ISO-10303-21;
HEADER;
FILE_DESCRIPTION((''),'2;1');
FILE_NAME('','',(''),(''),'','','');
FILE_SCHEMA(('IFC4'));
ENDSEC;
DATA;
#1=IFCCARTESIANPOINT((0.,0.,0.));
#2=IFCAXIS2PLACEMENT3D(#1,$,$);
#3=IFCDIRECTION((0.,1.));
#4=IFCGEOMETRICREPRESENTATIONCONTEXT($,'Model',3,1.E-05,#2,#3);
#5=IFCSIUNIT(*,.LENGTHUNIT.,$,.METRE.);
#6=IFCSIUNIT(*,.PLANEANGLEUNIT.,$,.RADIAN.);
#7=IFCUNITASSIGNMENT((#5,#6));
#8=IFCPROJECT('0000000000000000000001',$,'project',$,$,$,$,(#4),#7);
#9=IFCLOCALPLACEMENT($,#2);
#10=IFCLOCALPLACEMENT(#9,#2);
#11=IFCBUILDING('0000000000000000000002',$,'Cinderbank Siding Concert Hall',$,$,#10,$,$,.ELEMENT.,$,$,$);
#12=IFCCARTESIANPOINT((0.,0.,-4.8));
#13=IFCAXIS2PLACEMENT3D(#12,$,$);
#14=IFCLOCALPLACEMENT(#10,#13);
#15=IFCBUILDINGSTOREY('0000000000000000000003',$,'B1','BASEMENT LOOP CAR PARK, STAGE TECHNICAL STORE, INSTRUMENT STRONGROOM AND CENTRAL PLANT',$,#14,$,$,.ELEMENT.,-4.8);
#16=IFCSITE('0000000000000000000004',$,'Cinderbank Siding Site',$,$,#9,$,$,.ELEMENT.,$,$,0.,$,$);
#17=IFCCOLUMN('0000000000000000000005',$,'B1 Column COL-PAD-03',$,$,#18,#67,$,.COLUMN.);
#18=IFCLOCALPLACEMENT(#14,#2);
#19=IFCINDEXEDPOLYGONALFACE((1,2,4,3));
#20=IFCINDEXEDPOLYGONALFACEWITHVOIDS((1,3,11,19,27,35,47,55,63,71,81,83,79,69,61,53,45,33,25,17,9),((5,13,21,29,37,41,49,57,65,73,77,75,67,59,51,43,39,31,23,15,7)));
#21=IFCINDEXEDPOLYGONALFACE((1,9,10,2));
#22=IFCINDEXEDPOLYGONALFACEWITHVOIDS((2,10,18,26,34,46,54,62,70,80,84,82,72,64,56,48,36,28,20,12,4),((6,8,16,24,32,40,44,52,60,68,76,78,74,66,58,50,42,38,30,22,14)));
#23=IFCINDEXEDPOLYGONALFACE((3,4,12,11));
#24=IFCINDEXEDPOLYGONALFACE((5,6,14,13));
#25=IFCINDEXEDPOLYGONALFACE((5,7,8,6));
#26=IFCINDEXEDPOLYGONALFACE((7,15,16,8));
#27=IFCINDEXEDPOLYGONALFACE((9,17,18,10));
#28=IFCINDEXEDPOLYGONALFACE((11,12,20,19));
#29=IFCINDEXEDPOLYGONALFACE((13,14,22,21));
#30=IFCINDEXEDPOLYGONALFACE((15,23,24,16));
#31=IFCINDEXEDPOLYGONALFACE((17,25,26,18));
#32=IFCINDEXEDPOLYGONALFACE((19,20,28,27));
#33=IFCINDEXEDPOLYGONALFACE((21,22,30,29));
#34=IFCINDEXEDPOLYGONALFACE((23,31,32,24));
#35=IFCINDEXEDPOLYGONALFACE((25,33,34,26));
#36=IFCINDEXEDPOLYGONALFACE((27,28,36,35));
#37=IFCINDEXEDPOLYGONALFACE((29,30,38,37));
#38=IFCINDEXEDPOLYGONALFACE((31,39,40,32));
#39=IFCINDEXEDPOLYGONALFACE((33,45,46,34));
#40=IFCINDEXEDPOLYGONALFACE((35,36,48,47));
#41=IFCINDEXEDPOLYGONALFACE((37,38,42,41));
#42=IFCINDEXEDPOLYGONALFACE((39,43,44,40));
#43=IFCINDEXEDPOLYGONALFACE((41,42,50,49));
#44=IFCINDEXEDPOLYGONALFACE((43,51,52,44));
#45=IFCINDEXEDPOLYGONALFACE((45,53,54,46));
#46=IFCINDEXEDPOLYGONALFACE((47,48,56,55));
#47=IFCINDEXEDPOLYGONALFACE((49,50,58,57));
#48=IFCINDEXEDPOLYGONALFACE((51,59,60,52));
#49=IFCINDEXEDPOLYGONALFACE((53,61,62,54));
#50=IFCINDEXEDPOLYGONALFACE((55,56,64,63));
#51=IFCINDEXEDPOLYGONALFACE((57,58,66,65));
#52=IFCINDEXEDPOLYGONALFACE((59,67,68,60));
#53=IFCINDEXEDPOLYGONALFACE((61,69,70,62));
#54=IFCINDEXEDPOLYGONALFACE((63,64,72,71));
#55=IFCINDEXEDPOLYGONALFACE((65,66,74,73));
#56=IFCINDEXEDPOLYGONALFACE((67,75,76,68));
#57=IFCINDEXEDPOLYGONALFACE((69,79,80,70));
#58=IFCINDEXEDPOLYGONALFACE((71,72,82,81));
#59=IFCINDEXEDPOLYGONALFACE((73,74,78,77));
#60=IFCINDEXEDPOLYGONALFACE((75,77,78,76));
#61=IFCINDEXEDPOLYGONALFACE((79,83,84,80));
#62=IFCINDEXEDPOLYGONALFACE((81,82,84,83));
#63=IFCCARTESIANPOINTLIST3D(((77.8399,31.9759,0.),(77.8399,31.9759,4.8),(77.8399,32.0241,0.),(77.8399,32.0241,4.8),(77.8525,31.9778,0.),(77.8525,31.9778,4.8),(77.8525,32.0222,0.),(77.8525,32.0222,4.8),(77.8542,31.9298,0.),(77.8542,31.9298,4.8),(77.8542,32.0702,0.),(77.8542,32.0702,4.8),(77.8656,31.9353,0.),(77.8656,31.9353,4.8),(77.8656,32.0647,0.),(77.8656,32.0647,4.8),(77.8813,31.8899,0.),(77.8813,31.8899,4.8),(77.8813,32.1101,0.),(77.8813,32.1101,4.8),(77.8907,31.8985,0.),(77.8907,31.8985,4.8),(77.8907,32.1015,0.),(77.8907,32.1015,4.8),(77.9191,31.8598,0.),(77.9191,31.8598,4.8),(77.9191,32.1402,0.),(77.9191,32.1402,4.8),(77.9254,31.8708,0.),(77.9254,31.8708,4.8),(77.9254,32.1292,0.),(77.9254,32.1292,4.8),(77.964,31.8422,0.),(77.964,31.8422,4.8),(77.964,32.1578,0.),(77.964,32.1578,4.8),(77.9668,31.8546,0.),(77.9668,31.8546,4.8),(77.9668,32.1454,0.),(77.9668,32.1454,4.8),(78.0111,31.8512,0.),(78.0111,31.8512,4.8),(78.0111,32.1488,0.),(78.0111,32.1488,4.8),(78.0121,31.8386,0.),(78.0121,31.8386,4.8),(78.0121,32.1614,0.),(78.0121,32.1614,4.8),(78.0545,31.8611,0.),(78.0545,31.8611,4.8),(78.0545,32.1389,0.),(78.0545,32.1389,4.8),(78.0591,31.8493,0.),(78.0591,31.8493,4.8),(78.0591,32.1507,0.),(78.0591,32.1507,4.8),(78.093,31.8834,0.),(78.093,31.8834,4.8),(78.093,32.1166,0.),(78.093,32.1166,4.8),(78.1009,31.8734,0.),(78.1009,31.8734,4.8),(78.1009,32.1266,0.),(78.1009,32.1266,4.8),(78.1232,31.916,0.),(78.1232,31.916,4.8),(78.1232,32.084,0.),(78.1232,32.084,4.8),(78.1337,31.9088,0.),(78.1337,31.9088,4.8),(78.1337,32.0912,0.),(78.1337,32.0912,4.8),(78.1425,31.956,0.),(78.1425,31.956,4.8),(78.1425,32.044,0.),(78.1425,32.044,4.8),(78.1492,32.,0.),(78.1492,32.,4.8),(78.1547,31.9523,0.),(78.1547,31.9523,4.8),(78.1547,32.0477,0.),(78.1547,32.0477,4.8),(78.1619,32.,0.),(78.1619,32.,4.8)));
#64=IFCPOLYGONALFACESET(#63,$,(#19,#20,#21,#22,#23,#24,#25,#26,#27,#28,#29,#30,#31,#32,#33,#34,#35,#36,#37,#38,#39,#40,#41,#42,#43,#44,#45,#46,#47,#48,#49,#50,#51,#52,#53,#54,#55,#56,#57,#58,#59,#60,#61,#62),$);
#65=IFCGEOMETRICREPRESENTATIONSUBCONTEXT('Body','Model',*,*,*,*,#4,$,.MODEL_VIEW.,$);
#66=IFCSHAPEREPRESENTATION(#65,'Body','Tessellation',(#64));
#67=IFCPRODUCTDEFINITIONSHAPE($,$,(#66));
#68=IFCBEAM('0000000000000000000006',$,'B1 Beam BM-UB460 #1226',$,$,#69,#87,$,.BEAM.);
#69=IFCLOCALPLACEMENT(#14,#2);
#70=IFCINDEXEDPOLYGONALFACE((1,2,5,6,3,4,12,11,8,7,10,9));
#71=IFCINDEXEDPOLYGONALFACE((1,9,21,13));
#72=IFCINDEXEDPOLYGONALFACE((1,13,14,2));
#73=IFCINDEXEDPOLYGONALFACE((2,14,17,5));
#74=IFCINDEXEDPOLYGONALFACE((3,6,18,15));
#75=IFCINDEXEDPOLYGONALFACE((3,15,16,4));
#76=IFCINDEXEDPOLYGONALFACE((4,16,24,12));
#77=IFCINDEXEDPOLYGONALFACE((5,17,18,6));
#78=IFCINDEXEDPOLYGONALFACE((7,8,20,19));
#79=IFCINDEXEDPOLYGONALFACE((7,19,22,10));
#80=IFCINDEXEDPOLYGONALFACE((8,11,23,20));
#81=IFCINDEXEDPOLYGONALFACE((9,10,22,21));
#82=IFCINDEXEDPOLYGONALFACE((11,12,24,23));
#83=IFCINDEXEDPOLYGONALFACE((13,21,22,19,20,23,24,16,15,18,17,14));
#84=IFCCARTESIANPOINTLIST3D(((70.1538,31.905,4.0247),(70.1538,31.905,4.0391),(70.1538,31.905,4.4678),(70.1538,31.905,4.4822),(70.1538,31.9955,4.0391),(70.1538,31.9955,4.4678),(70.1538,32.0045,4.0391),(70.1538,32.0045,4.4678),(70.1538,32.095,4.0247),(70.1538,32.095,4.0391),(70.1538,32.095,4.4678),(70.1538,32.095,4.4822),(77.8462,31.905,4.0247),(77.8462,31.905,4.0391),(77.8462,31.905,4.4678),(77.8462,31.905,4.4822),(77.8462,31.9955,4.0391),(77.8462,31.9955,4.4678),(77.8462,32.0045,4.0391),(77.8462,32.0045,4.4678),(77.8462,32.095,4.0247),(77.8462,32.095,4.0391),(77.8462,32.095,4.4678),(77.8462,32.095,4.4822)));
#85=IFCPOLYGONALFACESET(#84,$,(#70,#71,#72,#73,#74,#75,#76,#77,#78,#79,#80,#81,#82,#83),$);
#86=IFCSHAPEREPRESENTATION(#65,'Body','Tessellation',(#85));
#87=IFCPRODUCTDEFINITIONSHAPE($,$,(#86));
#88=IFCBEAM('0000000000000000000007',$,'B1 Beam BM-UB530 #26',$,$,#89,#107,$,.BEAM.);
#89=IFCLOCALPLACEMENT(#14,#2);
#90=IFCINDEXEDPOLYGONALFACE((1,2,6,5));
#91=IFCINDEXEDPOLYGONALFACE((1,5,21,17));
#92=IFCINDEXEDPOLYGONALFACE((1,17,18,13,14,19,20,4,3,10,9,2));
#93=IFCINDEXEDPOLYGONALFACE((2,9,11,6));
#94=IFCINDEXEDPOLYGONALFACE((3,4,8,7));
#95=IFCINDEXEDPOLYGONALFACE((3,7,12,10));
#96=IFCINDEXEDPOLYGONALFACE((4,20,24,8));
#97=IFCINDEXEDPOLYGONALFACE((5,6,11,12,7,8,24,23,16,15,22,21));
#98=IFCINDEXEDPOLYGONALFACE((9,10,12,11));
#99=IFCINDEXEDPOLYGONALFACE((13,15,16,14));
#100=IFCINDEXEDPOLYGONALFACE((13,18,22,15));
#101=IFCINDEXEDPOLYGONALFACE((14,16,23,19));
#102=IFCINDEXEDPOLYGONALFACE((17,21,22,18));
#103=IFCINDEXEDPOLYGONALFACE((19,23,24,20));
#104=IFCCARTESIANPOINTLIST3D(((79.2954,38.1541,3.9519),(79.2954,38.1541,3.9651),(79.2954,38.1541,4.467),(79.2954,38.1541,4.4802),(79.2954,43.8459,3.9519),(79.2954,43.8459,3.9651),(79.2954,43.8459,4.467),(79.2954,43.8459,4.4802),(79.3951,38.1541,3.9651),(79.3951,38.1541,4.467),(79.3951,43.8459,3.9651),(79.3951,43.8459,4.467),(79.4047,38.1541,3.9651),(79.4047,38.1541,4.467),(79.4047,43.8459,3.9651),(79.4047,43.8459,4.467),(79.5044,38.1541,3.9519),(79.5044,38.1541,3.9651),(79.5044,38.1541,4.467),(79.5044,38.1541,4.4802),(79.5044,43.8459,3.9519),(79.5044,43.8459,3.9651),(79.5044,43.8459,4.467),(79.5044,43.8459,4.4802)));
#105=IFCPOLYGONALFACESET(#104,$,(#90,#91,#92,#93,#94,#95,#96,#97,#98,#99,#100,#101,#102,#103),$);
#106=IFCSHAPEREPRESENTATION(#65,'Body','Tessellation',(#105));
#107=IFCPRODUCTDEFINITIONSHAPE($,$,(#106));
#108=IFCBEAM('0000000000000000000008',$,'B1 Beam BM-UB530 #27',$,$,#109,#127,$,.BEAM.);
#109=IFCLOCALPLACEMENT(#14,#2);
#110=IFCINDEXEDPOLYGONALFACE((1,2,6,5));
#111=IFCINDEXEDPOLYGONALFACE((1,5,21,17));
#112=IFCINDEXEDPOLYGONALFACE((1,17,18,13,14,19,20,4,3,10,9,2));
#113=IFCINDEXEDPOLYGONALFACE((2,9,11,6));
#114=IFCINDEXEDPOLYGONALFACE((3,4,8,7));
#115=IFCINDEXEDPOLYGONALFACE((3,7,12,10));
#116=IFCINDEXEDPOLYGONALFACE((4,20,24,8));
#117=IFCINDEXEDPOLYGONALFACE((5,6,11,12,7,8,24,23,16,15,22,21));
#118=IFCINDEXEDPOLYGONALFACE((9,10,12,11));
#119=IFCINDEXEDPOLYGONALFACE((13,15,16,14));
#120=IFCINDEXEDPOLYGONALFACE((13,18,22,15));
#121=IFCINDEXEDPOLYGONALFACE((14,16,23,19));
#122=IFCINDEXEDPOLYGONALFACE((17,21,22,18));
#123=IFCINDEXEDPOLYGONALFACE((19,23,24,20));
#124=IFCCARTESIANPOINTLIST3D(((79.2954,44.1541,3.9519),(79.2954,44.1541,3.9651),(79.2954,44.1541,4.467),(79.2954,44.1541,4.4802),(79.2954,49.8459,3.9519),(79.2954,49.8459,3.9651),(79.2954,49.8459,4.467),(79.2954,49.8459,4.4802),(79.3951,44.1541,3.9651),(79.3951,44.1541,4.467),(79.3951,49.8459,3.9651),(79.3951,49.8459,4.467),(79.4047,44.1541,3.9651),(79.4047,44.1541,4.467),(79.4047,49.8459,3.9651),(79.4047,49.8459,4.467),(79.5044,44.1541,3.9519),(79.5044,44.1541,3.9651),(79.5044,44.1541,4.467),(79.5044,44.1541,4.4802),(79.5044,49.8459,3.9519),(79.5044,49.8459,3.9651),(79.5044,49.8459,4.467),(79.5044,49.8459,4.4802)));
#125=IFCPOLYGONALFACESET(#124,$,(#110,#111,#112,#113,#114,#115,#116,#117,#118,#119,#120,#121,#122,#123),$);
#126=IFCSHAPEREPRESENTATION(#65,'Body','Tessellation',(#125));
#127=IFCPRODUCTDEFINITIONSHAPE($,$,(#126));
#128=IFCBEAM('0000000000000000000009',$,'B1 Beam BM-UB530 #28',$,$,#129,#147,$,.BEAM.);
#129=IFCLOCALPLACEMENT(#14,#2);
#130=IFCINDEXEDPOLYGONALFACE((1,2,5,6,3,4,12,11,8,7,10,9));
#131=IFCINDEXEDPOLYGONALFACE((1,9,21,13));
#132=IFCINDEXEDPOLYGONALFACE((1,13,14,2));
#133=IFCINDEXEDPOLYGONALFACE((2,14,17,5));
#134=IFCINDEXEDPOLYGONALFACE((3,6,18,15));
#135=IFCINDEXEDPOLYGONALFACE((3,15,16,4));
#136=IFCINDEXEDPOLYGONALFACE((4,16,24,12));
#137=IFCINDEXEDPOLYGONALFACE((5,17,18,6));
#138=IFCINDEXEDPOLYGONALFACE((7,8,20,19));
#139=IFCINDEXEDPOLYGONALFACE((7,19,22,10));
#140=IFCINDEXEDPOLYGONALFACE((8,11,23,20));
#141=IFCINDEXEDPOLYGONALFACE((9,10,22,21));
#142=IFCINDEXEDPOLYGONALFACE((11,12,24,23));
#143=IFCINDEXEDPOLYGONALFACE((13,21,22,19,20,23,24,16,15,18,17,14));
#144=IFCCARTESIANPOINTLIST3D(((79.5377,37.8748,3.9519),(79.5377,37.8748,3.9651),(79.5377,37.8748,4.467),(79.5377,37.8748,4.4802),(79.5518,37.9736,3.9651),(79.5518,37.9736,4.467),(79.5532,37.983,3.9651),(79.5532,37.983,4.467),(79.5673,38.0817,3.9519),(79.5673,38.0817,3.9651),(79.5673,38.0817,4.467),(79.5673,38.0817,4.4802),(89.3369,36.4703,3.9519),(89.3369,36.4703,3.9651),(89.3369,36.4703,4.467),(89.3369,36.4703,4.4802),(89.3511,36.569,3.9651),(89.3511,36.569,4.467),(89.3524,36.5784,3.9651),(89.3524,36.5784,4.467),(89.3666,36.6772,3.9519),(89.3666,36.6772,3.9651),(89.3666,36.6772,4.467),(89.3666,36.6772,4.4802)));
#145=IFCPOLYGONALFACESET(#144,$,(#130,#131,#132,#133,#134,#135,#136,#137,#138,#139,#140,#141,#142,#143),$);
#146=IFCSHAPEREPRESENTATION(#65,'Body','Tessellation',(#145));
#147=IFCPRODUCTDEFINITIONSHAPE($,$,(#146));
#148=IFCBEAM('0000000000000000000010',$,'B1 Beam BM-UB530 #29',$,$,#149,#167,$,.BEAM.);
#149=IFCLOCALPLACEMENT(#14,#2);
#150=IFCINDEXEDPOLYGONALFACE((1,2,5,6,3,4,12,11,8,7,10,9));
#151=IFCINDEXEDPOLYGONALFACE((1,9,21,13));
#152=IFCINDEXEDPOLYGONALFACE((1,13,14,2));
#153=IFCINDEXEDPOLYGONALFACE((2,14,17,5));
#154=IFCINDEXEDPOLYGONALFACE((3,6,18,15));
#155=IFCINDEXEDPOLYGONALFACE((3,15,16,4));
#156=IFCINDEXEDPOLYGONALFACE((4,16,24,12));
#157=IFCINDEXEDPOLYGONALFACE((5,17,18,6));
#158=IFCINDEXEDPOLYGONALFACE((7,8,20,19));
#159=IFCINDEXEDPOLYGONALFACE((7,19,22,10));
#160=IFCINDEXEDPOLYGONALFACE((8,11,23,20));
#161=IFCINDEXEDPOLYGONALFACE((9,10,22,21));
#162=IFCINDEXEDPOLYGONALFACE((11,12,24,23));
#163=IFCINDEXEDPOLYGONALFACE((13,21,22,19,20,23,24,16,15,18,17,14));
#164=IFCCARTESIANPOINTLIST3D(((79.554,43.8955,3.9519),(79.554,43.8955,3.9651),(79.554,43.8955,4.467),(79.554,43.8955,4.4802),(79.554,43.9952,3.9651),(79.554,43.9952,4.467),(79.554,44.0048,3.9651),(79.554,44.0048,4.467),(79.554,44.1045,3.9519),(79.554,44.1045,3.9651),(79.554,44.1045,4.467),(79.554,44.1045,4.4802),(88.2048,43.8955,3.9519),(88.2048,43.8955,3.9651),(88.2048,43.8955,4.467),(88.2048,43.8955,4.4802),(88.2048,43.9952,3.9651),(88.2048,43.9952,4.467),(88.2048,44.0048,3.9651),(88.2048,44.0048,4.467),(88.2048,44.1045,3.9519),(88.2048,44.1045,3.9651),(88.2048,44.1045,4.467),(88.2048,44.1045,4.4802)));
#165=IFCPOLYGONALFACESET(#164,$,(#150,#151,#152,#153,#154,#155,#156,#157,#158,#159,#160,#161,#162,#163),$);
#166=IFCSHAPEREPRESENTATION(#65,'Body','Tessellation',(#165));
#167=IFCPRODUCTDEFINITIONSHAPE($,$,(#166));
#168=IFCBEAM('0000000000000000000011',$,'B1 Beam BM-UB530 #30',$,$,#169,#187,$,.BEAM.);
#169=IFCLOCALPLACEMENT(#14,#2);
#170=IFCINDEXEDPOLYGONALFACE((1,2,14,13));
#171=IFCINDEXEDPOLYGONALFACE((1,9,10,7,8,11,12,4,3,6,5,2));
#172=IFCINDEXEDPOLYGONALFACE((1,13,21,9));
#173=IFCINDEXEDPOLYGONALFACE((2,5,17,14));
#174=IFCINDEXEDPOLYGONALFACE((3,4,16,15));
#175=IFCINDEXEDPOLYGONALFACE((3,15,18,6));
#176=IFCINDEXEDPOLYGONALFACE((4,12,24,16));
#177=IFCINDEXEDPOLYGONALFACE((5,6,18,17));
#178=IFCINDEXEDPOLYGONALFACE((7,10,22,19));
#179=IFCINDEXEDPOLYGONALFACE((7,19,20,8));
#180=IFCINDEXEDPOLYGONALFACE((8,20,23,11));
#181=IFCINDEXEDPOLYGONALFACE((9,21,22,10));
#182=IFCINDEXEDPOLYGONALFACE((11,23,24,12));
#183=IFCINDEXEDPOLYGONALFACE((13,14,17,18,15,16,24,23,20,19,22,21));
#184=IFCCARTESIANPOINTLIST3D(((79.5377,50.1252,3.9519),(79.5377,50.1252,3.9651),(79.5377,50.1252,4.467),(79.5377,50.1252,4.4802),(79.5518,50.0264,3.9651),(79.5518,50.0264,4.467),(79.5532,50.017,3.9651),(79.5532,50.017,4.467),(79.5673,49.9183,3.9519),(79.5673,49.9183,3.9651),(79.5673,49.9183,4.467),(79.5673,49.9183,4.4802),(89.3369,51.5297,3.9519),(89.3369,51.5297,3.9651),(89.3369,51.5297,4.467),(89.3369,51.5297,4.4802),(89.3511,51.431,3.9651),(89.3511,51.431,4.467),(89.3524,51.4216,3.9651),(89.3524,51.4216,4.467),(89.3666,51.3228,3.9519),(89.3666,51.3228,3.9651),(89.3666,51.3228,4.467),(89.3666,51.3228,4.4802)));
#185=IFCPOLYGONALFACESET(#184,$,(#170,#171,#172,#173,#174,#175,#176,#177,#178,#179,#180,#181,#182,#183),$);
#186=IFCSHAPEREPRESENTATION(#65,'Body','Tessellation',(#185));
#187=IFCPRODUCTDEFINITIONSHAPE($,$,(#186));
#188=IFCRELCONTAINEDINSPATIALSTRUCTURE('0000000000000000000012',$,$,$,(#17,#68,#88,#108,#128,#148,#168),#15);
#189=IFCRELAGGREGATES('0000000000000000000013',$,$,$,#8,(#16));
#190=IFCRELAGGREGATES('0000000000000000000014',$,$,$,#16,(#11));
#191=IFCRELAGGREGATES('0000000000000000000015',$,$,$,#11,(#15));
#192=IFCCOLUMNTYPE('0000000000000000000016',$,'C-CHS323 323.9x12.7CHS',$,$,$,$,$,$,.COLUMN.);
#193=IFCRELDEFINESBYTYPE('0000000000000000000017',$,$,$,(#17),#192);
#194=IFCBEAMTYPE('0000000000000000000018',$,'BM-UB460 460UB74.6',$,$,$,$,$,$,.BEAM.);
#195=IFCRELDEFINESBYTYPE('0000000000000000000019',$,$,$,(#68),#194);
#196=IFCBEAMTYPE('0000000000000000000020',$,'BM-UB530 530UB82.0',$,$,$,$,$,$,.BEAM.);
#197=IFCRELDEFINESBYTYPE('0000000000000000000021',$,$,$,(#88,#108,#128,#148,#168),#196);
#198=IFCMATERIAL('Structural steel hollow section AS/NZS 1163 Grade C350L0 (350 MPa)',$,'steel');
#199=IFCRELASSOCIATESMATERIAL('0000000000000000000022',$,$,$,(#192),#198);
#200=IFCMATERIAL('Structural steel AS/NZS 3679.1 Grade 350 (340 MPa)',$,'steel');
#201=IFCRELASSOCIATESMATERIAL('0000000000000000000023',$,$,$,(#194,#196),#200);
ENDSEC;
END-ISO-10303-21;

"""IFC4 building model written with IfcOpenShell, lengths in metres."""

from ifc_helpers import new_model, si_unit, direction, frame, origin, origin_2d, place, context, subcontext, project, spatial, hollow_circle, i_section, extrude, material, material_profile, profile_set, type_object, element, save


model = new_model("IFC4")

# Units and contexts
model_context = context("Model", 3, precision=1e-05, world=origin(), true_north=direction((0.0, 1.0)))
body_context = subcontext(model_context, "Body", "Model", "MODEL_VIEW")
ifc_project = project(units=[si_unit("LENGTHUNIT", "METRE"), si_unit("PLANEANGLEUNIT", "RADIAN")], contexts=[model_context])

# Site, building, storey
site_placement = place(None, origin())
site = spatial("IfcSite", under=ifc_project, at=site_placement, Name="Cinderbank Siding Site", CompositionType="ELEMENT", RefElevation=0.0)
building_placement = place(site_placement, origin())
building = spatial("IfcBuilding", under=site, at=building_placement, Name="Cinderbank Siding Concert Hall", CompositionType="ELEMENT")
storey_placement = place(building_placement, frame((0.0, 0.0, -4.8)))
storey = spatial("IfcBuildingStorey", under=building, at=storey_placement, Name="B1", Description="BASEMENT LOOP CAR PARK, STAGE TECHNICAL STORE, INSTRUMENT STRONGROOM AND CENTRAL PLANT", CompositionType="ELEMENT", Elevation=-4.8)

# Column
ifc_material_1 = material(Name="Structural steel hollow section AS/NZS 1163 Grade C350L0 (350 MPa)", Category="steel")
ifc_material_profile_1 = material_profile(ifc_material_1, hollow_circle(Radius=0.1619, WallThickness=0.0127, at=origin_2d()), Name="323.9x12.7CHS", Category="LoadBearing")
ifc_profile_set_1 = profile_set([ifc_material_profile_1], Name="Structural steel hollow section AS/NZS 1163 Grade C350L0 (350 MPa)")
column_type = type_object("IfcColumnType", Name="C-CHS323 323.9x12.7CHS", PredefinedType="COLUMN", material=ifc_profile_set_1)
for number, where, z_axis, x_axis, name in (
    (1, (78.0, 32.0, 0.0), (0.0, 0.0, 1.0), (1.0, 0.0, 0.0), "B1 Column COL-PAD-03"),
):
    element("IfcColumn", number, at=place(storey_placement, frame(where, z_axis=z_axis, x_axis=x_axis)), inside=storey, type_object=column_type, Name=name, PredefinedType="COLUMN", context=body_context, shape_type="SweptSolid", body=[
        extrude(hollow_circle(Radius=0.1619, WallThickness=0.0127, at=origin_2d()), origin(), (0.0, 0.0, 1.0), 4.8),
    ])

# Beams
ifc_material_2 = material(Name="Structural steel AS/NZS 3679.1 Grade 350 (340 MPa)", Category="steel")
ifc_material_profile_2 = material_profile(ifc_material_2, i_section(OverallWidth=0.1899, OverallDepth=0.4575, WebThickness=0.009, FlangeThickness=0.0144, at=origin_2d()), Name="460UB74.6", Category="LoadBearing")
ifc_profile_set_2 = profile_set([ifc_material_profile_2], Name="Structural steel AS/NZS 3679.1 Grade 350 (340 MPa)")
beam_type_1 = type_object("IfcBeamType", Name="BM-UB460 460UB74.6", PredefinedType="BEAM", material=ifc_profile_set_2)
beam_1_placement = place(storey_placement, frame((70.1538, 32.0, 4.2534), z_axis=(1.0, 0.0, 0.0), x_axis=(0.0, 1.0, 0.0)))
element("IfcBeam", 2, at=beam_1_placement, inside=storey, type_object=beam_type_1, Name="B1 Beam BM-UB460 #1226", PredefinedType="BEAM", context=body_context, shape_type="SweptSolid", body=[
    extrude(i_section(OverallWidth=0.1899, OverallDepth=0.4575, WebThickness=0.009, FlangeThickness=0.0144, at=origin_2d()), origin(), (0.0, 0.0, 1.0), 7.6924),
])
ifc_material_profile_3 = material_profile(ifc_material_2, i_section(OverallWidth=0.209, OverallDepth=0.5283, WebThickness=0.0095, FlangeThickness=0.0132, at=origin_2d()), Name="530UB82.0", Category="LoadBearing")
ifc_profile_set_3 = profile_set([ifc_material_profile_3], Name="Structural steel AS/NZS 3679.1 Grade 350 (340 MPa)")
beam_type_2 = type_object("IfcBeamType", Name="BM-UB530 530UB82.0", PredefinedType="BEAM", material=ifc_profile_set_3)
for number, where, z_axis, x_axis, name in (
    (3, (79.3999, 38.1541, 4.2161), (0.0, 1.0, 0.0), (-1.0, 0.0, 0.0), "B1 Beam BM-UB530 #26"),
    (4, (79.3999, 44.1541, 4.2161), (0.0, 1.0, 0.0), (-1.0, 0.0, 0.0), "B1 Beam BM-UB530 #27"),
):
    element("IfcBeam", number, at=place(storey_placement, frame(where, z_axis=z_axis, x_axis=x_axis)), inside=storey, type_object=beam_type_2, Name=name, PredefinedType="BEAM", context=body_context, shape_type="SweptSolid", body=[
        extrude(i_section(OverallWidth=0.209, OverallDepth=0.5283, WebThickness=0.0095, FlangeThickness=0.0132, at=origin_2d()), origin(), (0.0, 0.0, 1.0), 5.6919),
    ])
beam_2_placement = place(storey_placement, frame((79.5525, 37.9783, 4.2161), z_axis=(0.989884, -0.141881, 0.0), x_axis=(0.141881, 0.989884, 0.0)))
element("IfcBeam", 5, at=beam_2_placement, inside=storey, type_object=beam_type_2, Name="B1 Beam BM-UB530 #28", PredefinedType="BEAM", context=body_context, shape_type="SweptSolid", body=[
    extrude(i_section(OverallWidth=0.209, OverallDepth=0.5283, WebThickness=0.0095, FlangeThickness=0.0132, at=origin_2d()), origin(), (0.0, 0.0, 1.0), 9.8994),
])
beam_3_placement = place(storey_placement, frame((79.554, 44.0, 4.2161), z_axis=(1.0, 0.0, 0.0), x_axis=(0.0, 1.0, 0.0)))
element("IfcBeam", 6, at=beam_3_placement, inside=storey, type_object=beam_type_2, Name="B1 Beam BM-UB530 #29", PredefinedType="BEAM", context=body_context, shape_type="SweptSolid", body=[
    extrude(i_section(OverallWidth=0.209, OverallDepth=0.5283, WebThickness=0.0095, FlangeThickness=0.0132, at=origin_2d()), origin(), (0.0, 0.0, 1.0), 8.6509),
])
beam_4_placement = place(storey_placement, frame((79.5525, 50.0217, 4.2161), z_axis=(0.989884, 0.141881, 0.0), x_axis=(-0.141881, 0.989884, 0.0)))
element("IfcBeam", 7, at=beam_4_placement, inside=storey, type_object=beam_type_2, Name="B1 Beam BM-UB530 #30", PredefinedType="BEAM", context=body_context, shape_type="SweptSolid", body=[
    extrude(i_section(OverallWidth=0.209, OverallDepth=0.5283, WebThickness=0.0095, FlangeThickness=0.0132, at=origin_2d()), origin(), (0.0, 0.0, 1.0), 9.8994),
])

save(model, "model.ifc")
